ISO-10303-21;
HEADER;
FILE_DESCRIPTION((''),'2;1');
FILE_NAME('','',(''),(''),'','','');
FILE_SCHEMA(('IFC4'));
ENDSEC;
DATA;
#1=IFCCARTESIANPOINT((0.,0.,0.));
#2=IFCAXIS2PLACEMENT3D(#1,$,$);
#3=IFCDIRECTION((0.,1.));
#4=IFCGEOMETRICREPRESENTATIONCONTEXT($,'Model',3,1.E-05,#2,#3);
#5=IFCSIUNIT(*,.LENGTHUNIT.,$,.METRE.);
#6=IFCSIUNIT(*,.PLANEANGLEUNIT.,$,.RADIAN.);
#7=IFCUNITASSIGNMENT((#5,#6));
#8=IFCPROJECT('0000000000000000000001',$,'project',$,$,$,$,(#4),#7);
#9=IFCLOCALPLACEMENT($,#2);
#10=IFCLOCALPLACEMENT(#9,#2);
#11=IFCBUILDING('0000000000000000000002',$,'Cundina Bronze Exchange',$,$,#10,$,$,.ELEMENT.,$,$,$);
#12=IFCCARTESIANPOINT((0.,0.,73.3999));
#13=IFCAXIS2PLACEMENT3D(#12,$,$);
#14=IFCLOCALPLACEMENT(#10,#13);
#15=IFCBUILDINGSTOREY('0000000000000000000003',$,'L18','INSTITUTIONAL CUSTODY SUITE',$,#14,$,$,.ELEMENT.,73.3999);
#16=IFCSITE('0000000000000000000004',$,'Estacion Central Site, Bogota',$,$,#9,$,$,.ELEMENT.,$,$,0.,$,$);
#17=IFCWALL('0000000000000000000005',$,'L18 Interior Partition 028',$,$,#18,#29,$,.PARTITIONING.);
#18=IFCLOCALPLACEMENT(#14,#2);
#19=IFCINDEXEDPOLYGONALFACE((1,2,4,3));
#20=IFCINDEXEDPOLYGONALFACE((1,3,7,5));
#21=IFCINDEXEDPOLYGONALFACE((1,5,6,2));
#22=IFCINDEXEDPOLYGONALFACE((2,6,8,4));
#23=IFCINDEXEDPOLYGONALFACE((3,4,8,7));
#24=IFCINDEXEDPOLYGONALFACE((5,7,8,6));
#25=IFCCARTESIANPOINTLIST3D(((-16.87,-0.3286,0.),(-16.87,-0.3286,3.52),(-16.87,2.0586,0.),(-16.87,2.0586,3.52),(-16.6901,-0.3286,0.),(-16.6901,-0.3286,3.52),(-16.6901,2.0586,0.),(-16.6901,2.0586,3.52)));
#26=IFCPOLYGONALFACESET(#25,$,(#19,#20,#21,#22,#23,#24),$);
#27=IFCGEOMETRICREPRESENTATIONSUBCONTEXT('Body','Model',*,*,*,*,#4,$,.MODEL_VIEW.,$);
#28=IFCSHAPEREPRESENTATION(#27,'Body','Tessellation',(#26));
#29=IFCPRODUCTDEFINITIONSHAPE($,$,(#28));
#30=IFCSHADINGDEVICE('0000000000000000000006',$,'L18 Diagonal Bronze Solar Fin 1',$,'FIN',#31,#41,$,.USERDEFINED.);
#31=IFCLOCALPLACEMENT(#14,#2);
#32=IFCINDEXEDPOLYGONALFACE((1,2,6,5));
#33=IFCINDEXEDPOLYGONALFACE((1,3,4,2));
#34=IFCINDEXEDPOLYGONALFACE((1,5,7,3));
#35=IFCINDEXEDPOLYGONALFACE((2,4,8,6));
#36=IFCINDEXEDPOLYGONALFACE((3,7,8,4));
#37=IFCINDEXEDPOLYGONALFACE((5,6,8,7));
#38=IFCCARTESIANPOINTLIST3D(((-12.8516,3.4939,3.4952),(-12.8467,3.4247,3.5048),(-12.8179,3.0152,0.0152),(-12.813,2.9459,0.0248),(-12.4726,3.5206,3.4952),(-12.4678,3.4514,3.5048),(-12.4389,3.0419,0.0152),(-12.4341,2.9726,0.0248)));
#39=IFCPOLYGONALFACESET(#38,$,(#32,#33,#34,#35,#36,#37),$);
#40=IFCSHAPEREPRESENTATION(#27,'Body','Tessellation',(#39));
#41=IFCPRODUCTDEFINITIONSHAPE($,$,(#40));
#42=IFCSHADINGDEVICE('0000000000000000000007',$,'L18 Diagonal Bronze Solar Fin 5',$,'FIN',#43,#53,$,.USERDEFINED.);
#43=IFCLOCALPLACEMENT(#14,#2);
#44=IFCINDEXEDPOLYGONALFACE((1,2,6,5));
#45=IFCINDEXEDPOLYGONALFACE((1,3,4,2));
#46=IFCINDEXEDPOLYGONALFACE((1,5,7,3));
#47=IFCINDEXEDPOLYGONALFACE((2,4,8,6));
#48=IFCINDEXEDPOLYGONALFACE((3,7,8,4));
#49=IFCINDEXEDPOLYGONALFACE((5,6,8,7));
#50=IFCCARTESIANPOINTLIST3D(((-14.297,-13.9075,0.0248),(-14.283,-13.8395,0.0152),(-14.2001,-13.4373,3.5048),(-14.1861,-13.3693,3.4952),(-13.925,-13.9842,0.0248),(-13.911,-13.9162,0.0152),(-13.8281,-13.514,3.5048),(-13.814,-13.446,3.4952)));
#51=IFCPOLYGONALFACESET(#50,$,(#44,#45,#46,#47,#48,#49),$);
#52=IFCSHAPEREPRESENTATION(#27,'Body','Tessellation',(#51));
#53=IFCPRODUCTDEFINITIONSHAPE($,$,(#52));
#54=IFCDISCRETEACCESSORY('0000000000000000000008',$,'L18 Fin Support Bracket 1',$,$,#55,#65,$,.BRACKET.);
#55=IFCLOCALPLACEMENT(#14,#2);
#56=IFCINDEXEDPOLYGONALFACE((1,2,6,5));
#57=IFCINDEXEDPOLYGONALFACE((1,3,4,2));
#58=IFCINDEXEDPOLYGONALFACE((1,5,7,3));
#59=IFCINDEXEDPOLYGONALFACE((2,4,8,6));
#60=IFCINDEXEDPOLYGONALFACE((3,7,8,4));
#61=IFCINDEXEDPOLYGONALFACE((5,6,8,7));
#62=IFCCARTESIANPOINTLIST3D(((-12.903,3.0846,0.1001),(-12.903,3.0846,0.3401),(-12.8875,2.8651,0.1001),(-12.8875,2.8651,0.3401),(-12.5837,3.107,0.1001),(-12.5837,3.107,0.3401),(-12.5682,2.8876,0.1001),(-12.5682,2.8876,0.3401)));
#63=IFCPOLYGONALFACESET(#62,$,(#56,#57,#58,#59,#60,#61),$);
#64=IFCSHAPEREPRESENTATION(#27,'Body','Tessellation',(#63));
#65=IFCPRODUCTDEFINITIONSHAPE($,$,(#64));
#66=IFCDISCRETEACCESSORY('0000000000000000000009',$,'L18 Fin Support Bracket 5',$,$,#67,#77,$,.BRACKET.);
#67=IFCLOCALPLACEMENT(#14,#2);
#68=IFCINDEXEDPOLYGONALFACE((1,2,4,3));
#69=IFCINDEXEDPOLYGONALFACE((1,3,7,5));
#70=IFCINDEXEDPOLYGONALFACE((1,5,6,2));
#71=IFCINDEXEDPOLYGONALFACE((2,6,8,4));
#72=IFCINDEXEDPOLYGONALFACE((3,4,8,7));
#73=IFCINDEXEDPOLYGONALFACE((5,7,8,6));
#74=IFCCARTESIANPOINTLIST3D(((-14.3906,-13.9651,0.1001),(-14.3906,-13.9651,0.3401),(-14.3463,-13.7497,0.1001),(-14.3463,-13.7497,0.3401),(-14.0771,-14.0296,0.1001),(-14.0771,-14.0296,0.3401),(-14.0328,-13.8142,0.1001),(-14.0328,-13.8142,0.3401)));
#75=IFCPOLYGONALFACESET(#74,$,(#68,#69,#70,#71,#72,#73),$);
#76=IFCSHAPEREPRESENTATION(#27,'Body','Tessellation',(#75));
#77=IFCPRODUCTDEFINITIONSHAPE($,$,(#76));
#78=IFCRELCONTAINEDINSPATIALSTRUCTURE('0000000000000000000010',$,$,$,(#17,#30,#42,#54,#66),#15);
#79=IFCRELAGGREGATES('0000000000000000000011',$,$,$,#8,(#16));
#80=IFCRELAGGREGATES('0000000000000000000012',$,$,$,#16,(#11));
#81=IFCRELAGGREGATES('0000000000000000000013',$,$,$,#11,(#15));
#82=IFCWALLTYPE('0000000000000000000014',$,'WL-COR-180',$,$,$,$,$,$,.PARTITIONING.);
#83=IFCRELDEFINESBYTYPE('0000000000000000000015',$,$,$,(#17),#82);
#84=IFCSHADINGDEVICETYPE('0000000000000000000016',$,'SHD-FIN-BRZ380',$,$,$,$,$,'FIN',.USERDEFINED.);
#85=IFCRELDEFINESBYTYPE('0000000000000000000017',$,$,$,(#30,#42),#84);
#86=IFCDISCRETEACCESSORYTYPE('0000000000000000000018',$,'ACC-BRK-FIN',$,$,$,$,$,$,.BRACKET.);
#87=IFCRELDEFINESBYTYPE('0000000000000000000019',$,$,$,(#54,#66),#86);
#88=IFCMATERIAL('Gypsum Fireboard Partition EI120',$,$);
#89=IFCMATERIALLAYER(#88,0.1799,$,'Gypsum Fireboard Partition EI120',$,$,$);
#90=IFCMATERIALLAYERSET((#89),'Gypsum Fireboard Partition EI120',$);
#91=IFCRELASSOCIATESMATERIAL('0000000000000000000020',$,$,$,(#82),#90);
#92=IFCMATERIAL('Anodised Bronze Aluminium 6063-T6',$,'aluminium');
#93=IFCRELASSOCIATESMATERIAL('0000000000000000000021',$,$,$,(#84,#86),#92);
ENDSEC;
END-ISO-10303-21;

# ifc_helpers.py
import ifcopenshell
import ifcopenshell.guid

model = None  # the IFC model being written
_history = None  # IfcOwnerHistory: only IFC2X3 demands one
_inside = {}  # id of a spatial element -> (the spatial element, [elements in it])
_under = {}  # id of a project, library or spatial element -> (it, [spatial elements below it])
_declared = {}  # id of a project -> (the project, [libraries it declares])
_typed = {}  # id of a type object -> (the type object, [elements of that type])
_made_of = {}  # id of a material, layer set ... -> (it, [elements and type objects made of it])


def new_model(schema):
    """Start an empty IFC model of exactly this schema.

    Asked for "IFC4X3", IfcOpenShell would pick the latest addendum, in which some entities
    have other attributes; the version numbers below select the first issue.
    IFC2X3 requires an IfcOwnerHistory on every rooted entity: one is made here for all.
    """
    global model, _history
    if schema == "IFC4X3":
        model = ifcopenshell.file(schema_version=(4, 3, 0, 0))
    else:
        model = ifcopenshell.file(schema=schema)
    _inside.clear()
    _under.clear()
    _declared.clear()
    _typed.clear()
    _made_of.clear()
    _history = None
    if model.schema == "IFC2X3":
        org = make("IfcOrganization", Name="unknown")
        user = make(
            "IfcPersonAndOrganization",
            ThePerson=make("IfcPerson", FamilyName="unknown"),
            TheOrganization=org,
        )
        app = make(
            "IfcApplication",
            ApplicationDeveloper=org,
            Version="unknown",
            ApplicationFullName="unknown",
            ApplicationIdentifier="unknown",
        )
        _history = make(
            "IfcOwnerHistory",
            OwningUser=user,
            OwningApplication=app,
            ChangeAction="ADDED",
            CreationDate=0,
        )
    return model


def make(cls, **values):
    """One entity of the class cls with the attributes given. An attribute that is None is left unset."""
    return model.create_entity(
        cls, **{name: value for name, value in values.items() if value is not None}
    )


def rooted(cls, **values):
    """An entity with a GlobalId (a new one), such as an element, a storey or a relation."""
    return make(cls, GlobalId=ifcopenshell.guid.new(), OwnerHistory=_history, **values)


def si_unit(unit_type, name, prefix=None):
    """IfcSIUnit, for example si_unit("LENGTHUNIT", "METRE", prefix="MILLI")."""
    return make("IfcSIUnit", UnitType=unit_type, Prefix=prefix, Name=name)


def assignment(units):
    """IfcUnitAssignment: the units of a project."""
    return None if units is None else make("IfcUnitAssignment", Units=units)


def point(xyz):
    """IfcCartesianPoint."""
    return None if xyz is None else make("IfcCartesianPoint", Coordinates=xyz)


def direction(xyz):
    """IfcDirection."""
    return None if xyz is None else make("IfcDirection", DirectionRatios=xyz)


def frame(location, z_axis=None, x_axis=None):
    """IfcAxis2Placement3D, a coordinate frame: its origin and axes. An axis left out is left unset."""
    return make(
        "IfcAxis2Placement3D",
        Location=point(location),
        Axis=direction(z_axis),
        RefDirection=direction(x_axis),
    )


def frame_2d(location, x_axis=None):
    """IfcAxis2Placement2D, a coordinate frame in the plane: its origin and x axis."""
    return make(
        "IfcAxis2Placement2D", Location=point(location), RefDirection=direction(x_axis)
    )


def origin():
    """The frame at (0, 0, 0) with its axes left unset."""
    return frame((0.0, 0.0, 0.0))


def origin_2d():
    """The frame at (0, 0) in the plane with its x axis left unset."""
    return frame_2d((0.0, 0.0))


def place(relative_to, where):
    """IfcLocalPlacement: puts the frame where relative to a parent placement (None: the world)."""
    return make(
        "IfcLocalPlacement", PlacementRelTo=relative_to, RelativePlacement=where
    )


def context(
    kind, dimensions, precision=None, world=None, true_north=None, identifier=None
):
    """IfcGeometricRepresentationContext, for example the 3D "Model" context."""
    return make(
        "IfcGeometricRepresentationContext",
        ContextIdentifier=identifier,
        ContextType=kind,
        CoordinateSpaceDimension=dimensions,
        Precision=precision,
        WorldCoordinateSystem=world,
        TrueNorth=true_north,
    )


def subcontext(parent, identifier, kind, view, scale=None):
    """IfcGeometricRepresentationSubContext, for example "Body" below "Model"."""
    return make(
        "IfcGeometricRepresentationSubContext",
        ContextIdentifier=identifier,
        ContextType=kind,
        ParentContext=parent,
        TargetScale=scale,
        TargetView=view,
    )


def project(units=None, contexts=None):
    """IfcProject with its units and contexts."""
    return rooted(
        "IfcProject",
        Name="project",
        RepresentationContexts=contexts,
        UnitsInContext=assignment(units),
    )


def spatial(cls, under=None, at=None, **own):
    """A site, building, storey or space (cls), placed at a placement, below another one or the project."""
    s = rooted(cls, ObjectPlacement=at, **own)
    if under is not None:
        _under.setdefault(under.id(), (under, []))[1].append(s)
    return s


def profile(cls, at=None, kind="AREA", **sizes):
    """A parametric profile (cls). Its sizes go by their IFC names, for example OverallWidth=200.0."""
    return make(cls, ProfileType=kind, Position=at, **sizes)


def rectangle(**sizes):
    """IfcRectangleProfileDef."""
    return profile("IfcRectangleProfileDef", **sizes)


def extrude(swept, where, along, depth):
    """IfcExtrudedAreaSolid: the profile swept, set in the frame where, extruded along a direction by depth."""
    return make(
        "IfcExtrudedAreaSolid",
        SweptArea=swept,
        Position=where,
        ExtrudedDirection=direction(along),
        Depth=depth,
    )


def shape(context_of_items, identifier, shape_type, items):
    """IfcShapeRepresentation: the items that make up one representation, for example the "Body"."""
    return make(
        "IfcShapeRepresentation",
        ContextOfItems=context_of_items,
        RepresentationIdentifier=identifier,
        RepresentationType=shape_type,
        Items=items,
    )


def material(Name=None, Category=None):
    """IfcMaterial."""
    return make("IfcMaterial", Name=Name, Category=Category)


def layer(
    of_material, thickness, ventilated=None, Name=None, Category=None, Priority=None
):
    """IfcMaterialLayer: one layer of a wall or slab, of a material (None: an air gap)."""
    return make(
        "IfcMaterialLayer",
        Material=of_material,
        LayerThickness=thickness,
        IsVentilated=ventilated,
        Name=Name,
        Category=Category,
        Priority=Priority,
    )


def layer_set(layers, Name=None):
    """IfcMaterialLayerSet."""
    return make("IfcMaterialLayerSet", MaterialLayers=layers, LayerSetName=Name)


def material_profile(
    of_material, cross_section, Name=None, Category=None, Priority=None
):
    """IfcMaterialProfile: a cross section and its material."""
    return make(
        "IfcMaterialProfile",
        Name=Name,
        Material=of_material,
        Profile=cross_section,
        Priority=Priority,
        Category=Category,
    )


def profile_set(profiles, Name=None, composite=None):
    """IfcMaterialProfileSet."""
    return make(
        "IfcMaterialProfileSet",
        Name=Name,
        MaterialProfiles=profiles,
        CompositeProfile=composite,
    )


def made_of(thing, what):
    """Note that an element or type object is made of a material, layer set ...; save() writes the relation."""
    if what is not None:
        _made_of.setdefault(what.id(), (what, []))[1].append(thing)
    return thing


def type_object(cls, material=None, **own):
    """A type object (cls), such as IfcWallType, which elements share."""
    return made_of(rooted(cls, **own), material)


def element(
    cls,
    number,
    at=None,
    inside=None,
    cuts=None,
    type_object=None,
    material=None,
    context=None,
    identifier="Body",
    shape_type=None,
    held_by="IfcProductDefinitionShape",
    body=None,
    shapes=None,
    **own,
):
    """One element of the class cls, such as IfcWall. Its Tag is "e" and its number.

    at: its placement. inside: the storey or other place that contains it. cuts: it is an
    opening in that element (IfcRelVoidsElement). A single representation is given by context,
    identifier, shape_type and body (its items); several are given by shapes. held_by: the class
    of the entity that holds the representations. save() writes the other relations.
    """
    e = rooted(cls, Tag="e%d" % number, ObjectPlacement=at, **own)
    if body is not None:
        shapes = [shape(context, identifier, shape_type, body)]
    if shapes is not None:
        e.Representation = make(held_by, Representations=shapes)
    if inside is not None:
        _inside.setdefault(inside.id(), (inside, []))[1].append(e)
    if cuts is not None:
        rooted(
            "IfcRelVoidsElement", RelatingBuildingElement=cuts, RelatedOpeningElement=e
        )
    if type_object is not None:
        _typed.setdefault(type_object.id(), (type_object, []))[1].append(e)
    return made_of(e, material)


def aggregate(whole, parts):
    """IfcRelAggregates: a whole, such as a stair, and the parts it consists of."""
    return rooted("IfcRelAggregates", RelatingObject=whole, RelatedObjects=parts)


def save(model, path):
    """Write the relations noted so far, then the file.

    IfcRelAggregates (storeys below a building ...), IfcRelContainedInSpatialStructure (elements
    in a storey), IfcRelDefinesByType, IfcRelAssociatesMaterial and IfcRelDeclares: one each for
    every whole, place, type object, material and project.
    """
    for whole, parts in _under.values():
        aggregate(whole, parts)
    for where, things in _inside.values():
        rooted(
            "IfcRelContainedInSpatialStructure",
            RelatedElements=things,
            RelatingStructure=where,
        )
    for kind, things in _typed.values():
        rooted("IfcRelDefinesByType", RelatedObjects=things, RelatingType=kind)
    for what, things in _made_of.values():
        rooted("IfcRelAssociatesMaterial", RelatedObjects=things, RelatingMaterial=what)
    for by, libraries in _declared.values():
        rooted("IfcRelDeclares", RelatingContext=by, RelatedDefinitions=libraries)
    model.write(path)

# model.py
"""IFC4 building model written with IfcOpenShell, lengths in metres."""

from ifc_helpers import new_model, si_unit, direction, frame, frame_2d, origin, origin_2d, place, context, subcontext, project, spatial, rectangle, extrude, material, layer, layer_set, material_profile, profile_set, type_object, element, save


model = new_model("IFC4")

# Units and contexts
model_context = context("Model", 3, precision=1e-05, world=origin(), true_north=direction((0.0, 1.0)))
body_context = subcontext(model_context, "Body", "Model", "MODEL_VIEW")
ifc_project = project(units=[si_unit("LENGTHUNIT", "METRE"), si_unit("PLANEANGLEUNIT", "RADIAN")], contexts=[model_context])

# Site, building, storey
site_placement = place(None, origin())
site = spatial("IfcSite", under=ifc_project, at=site_placement, Name="Estacion Central Site, Bogota", CompositionType="ELEMENT", RefElevation=0.0)
building_placement = place(site_placement, origin())
building = spatial("IfcBuilding", under=site, at=building_placement, Name="Cundina Bronze Exchange", CompositionType="ELEMENT")
storey_placement = place(building_placement, frame((0.0, 0.0, 73.3999)))
storey = spatial("IfcBuildingStorey", under=building, at=storey_placement, Name="L18", Description="INSTITUTIONAL CUSTODY SUITE", CompositionType="ELEMENT", Elevation=73.3999)

# Shared definitions
ifc_material_1 = material(Name="Anodised Bronze Aluminium 6063-T6", Category="aluminium")

# Wall
ifc_material_2 = material(Name="Gypsum Fireboard Partition EI120")
ifc_layer_1 = layer(ifc_material_2, 0.1799, Name="Gypsum Fireboard Partition EI120")
ifc_layer_set_1 = layer_set([ifc_layer_1], Name="Gypsum Fireboard Partition EI120")
wall_type = type_object("IfcWallType", Name="WL-COR-180", PredefinedType="PARTITIONING", material=ifc_layer_set_1)
wall_1_placement = place(storey_placement, frame((-16.78, -0.3286, 0.0), z_axis=(0.0, 0.0, 1.0), x_axis=(0.0, 1.0, 0.0)))
element("IfcWall", 1, at=wall_1_placement, inside=storey, type_object=wall_type, Name="L18 Interior Partition 028", PredefinedType="PARTITIONING", context=body_context, shape_type="SweptSolid", body=[
    extrude(rectangle(XDim=2.3872, YDim=0.1799, at=frame_2d((1.1936, 0.0))), origin(), (0.0, 0.0, 1.0), 3.52),
])

# Shading devices
ifc_material_profile_1 = material_profile(ifc_material_1, rectangle(XDim=0.0701, YDim=0.3799, at=origin_2d()), Name="FIN70X380", Category="aluminium")
ifc_profile_set_1 = profile_set([ifc_material_profile_1], Name="Anodised Bronze Aluminium 6063-T6")
shading_device_type = type_object("IfcShadingDeviceType", Name="SHD-FIN-BRZ380", ElementType="FIN", PredefinedType="USERDEFINED", material=ifc_profile_set_1)
for number, where, z_axis, x_axis, name in (
    (2, (-12.626, 2.9939, 0.02), (-0.009591, 0.136285, 0.990623), (0.06954, -0.988179, 0.136622), "L18 Diagonal Bronze Solar Fin 1"),
    (3, (-14.104, -13.9119, 0.02), (0.027591, 0.133852, 0.990617), (-0.199988, -0.97022, 0.136666), "L18 Diagonal Bronze Solar Fin 5"),
):
    element("IfcShadingDevice", number, at=place(storey_placement, frame(where, z_axis=z_axis, x_axis=x_axis)), inside=storey, type_object=shading_device_type, Name=name, ObjectType="FIN", PredefinedType="USERDEFINED", context=body_context, shape_type="SweptSolid", body=[
        extrude(rectangle(XDim=0.0701, YDim=0.3799, at=origin_2d()), origin(), (0.0, 0.0, 1.0), 3.5129),
    ])

# Discrete accessories
discrete_accessory_type = type_object("IfcDiscreteAccessoryType", Name="ACC-BRK-FIN", PredefinedType="BRACKET", material=ifc_material_1)
for number, where, z_axis, x_axis, name in (
    (4, (-12.7356, 2.9861, 0.1001), (0.0, 0.0, 1.0), (-0.070279, 0.997527, 0.0), "L18 Fin Support Bracket 1"),
    (5, (-14.2117, -13.8896, 0.1001), (0.0, 0.0, 1.0), (0.20142, 0.979505, 0.0), "L18 Fin Support Bracket 5"),
):
    element("IfcDiscreteAccessory", number, at=place(storey_placement, frame(where, z_axis=z_axis, x_axis=x_axis)), inside=storey, type_object=discrete_accessory_type, Name=name, PredefinedType="BRACKET", context=body_context, shape_type="SweptSolid", body=[
        extrude(rectangle(XDim=0.22, YDim=0.3201, at=origin_2d()), origin(), (0.0, 0.0, 1.0), 0.24),
    ])

save(model, "model.ifc")
